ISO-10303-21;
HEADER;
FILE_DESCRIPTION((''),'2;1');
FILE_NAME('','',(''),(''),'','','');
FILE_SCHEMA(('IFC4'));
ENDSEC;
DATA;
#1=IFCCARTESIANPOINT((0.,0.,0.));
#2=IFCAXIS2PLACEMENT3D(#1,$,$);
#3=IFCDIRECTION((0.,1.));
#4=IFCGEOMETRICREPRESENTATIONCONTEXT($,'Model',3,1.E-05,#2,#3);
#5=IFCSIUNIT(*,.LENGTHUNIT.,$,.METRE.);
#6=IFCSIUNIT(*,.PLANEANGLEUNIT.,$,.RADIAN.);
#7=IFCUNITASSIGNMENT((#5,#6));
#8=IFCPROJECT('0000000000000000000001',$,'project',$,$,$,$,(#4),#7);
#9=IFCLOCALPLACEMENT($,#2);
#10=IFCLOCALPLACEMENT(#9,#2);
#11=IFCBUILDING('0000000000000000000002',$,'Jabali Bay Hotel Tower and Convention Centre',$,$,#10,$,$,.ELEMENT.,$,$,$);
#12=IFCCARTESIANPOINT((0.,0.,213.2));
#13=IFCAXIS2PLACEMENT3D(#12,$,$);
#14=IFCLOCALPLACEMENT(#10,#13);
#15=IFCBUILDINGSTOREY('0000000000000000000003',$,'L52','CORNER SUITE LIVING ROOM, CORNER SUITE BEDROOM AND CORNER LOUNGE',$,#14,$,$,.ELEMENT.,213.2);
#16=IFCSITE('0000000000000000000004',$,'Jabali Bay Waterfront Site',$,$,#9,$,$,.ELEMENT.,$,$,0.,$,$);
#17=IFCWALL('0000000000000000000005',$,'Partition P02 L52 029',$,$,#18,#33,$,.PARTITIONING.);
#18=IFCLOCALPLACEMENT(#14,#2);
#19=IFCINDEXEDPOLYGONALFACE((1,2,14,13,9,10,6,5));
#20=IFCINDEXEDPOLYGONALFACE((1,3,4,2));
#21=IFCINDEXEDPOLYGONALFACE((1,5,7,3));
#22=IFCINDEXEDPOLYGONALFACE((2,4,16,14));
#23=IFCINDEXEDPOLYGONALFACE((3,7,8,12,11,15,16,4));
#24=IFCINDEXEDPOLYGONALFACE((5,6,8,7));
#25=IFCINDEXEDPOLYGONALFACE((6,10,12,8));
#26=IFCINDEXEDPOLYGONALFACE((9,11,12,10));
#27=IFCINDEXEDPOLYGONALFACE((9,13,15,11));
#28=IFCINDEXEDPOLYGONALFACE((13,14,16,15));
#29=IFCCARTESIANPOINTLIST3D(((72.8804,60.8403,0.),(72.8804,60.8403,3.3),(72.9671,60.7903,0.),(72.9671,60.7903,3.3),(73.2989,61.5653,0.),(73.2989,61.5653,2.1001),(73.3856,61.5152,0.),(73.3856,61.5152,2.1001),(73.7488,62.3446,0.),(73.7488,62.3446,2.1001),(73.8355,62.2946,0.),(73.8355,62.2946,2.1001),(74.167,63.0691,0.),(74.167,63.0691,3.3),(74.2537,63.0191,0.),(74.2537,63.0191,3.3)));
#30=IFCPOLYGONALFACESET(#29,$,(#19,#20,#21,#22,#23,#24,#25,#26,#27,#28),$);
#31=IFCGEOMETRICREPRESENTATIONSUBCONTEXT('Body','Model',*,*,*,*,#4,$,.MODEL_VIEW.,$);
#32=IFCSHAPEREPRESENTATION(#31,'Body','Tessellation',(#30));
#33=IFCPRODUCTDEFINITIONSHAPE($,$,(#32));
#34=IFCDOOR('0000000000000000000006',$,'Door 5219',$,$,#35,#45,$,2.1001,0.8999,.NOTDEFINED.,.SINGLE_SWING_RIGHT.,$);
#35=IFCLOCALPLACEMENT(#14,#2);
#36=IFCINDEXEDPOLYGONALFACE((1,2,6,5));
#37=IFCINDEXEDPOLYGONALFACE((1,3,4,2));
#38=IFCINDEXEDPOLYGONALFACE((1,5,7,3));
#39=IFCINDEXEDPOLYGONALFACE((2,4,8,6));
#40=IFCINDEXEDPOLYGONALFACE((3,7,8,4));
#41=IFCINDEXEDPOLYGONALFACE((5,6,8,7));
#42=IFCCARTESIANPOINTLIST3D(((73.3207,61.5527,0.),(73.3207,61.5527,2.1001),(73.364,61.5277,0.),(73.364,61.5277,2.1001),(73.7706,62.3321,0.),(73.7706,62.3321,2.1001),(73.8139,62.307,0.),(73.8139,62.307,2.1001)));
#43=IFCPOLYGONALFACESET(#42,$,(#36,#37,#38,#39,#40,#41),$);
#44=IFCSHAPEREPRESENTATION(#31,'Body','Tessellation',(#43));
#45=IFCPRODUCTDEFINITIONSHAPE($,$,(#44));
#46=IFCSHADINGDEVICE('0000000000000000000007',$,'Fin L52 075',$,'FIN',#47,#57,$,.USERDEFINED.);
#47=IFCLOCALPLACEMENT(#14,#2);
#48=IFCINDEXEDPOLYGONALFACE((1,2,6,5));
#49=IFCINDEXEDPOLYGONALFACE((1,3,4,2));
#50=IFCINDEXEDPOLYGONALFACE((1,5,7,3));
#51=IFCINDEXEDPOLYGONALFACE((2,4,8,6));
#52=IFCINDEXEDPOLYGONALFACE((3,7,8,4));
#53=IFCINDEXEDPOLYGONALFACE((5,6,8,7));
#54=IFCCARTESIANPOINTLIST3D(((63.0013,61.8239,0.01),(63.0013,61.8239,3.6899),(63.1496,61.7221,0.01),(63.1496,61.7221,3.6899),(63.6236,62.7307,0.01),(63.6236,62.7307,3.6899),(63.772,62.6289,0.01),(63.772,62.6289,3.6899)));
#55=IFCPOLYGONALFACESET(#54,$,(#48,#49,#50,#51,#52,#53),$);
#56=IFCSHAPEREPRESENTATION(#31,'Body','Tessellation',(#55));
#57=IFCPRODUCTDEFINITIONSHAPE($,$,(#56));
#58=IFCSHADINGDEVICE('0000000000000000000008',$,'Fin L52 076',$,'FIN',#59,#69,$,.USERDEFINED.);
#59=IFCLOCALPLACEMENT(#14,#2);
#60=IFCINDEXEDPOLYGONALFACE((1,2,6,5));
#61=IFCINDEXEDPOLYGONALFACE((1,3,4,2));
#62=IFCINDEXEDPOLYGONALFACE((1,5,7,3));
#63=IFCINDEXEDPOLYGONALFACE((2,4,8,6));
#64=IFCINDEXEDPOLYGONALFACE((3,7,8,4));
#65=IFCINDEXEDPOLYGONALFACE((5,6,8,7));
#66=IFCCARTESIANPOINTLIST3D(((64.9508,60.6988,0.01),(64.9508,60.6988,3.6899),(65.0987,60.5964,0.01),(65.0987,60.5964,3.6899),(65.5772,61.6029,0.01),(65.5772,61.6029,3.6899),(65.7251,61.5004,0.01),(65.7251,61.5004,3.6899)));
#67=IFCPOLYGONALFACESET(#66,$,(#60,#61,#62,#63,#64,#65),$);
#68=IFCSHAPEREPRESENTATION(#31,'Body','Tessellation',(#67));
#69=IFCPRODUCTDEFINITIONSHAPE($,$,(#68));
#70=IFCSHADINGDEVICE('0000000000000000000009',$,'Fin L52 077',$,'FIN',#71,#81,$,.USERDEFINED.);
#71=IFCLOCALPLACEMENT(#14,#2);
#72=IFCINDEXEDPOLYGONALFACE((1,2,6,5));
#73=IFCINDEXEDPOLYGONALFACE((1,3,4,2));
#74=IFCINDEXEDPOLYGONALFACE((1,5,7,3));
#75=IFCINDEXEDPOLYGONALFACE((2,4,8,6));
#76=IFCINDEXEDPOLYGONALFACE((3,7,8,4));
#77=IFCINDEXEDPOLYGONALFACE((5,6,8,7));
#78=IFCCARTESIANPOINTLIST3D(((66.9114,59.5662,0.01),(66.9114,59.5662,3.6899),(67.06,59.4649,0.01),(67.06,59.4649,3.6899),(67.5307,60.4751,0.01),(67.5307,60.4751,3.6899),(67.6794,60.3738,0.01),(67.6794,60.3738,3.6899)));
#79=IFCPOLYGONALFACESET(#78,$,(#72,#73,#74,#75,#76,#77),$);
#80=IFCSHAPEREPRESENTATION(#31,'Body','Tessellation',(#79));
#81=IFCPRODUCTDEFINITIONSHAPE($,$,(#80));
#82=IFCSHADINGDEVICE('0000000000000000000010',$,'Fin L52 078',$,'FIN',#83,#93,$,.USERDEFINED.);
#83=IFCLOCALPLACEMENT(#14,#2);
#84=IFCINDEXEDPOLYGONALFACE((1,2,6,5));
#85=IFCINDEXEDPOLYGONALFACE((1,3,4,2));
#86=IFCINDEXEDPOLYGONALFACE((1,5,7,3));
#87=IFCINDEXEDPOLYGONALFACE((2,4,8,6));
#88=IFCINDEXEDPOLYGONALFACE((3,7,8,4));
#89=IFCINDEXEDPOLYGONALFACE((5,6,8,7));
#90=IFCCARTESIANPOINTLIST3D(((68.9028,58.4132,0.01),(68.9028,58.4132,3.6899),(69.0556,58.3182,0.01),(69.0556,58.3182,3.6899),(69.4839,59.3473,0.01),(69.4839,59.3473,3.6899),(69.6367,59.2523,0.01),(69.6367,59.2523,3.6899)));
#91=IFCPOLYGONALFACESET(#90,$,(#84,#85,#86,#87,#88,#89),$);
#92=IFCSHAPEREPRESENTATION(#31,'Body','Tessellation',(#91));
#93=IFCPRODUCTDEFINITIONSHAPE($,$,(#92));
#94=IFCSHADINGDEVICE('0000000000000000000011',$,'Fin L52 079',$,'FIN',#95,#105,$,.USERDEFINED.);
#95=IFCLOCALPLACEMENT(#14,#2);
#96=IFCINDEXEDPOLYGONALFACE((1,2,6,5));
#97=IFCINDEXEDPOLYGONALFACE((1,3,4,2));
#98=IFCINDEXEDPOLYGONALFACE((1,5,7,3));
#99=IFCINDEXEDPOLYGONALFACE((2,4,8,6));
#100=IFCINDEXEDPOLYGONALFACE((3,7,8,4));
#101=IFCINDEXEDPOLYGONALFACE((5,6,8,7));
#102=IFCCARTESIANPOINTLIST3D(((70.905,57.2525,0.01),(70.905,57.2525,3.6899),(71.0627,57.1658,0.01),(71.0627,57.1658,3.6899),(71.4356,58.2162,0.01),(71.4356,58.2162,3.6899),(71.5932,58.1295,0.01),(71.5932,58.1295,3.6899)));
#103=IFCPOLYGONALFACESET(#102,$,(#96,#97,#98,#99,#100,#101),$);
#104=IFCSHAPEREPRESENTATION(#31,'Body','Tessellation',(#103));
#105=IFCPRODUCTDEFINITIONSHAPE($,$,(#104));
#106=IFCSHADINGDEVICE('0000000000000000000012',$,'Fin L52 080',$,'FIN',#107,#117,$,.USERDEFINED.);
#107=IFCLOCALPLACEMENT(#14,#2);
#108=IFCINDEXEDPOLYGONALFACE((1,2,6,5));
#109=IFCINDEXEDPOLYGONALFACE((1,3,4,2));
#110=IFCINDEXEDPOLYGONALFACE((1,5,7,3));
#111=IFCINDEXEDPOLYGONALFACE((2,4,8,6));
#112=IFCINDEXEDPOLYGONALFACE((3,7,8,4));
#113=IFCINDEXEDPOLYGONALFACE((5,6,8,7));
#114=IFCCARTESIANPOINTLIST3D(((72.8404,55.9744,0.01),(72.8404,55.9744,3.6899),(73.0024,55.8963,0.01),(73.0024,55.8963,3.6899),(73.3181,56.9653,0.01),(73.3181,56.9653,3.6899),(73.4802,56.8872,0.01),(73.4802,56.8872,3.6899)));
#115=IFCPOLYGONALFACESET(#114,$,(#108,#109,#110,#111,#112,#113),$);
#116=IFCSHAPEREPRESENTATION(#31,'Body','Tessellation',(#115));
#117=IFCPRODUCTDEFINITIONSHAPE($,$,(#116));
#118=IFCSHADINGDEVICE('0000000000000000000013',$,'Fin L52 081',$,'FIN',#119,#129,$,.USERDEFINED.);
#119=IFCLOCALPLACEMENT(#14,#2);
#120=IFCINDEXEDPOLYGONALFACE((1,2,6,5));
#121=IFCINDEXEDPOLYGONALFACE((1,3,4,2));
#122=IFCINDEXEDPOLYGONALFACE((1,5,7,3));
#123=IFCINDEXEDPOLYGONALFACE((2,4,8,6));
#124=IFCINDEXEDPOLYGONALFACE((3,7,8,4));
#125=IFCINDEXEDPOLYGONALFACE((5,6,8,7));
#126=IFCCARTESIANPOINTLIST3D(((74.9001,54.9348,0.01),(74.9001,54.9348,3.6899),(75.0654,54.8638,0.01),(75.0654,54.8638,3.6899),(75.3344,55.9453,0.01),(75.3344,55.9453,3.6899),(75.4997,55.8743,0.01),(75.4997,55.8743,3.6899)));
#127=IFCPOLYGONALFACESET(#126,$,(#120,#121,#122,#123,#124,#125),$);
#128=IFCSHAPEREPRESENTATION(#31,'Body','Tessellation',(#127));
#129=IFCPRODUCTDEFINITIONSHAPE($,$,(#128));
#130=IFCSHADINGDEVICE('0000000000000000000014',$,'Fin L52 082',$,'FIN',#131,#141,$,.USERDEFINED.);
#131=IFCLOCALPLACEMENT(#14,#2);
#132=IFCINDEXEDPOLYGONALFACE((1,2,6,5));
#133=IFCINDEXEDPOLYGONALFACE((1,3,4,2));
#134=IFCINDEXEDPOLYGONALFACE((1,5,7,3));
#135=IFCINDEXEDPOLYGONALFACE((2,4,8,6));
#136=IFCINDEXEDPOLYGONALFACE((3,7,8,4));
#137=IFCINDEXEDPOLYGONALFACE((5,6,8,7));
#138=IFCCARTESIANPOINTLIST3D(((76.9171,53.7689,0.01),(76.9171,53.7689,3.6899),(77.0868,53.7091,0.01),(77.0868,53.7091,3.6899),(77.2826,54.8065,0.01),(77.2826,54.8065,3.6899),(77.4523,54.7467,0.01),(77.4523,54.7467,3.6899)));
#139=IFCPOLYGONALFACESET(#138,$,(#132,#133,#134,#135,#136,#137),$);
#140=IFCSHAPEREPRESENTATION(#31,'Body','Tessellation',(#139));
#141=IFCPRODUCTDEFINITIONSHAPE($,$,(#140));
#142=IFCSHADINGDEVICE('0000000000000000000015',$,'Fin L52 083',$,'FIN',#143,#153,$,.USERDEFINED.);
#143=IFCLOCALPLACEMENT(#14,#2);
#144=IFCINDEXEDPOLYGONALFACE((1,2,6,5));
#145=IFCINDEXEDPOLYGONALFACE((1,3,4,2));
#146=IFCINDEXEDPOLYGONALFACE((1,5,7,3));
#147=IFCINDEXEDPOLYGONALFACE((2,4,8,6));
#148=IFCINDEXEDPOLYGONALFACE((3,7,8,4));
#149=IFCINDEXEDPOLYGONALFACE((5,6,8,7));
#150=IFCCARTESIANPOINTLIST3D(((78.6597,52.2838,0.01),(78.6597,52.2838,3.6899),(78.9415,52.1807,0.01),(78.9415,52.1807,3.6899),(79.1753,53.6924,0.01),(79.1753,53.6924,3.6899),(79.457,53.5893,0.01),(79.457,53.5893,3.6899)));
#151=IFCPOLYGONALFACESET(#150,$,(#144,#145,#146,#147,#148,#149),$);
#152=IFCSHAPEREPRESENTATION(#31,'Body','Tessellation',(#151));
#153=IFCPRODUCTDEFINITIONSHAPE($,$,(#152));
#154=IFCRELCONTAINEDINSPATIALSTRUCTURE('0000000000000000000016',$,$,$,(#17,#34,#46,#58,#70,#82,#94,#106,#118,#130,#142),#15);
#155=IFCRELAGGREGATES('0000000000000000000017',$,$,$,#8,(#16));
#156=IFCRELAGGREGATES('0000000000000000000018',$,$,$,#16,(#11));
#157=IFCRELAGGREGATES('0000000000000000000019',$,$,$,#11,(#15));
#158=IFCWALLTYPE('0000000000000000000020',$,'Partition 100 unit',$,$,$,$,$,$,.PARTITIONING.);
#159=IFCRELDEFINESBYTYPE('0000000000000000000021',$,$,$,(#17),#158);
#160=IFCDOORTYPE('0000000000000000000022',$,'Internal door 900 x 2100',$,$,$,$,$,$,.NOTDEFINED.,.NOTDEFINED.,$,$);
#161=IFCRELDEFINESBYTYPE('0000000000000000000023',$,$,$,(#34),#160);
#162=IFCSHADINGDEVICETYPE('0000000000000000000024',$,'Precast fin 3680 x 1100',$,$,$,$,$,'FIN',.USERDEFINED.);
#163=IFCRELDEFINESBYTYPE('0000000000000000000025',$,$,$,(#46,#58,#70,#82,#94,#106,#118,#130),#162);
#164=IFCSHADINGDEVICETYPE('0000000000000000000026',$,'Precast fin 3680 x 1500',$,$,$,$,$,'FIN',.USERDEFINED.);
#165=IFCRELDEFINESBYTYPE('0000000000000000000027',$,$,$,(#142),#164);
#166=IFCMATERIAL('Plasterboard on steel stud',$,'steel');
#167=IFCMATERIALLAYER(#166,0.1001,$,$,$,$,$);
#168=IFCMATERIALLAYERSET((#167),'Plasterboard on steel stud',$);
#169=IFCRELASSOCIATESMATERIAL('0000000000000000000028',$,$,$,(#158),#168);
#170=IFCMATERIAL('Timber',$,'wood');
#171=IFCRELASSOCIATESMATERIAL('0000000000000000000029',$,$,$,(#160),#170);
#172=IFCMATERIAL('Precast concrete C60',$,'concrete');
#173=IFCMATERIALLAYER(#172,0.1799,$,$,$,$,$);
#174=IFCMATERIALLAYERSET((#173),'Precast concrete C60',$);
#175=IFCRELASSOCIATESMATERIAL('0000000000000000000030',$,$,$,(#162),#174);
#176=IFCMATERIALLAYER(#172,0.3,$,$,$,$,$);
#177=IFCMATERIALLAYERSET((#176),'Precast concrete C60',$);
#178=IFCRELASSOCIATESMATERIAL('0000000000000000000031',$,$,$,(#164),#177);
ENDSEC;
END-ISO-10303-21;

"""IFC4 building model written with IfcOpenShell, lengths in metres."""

from ifc_helpers import new_model, si_unit, direction, frame, frame_2d, origin, place, context, subcontext, project, spatial, rectangle, extrude, material, layer, layer_set, type_object, element, fill, save


model = new_model("IFC4")

# Units and contexts
model_context = context("Model", 3, precision=1e-05, world=origin(), true_north=direction((0.0, 1.0)))
body_context = subcontext(model_context, "Body", "Model", "MODEL_VIEW")
ifc_project = project(units=[si_unit("LENGTHUNIT", "METRE"), si_unit("PLANEANGLEUNIT", "RADIAN")], contexts=[model_context])

# Site, building, storey
site_placement = place(None, origin())
site = spatial("IfcSite", under=ifc_project, at=site_placement, Name="Jabali Bay Waterfront Site", CompositionType="ELEMENT", RefElevation=0.0)
building_placement = place(site_placement, origin())
building = spatial("IfcBuilding", under=site, at=building_placement, Name="Jabali Bay Hotel Tower and Convention Centre", CompositionType="ELEMENT")
storey_placement = place(building_placement, frame((0.0, 0.0, 213.2)))
storey = spatial("IfcBuildingStorey", under=building, at=storey_placement, Name="L52", Description="CORNER SUITE LIVING ROOM, CORNER SUITE BEDROOM AND CORNER LOUNGE", CompositionType="ELEMENT", Elevation=213.2)

# Wall, opening, door
ifc_material_1 = material(Name="Plasterboard on steel stud", Category="steel")
ifc_layer_1 = layer(ifc_material_1, 0.1001)
ifc_layer_set_1 = layer_set([ifc_layer_1], Name="Plasterboard on steel stud")
wall_type_1 = type_object("IfcWallType", Name="Partition 100 unit", PredefinedType="PARTITIONING", material=ifc_layer_set_1)
wall_1_placement = place(storey_placement, frame((72.9238, 60.8154, 0.0), z_axis=(0.0, 0.0, 1.0), x_axis=(0.499955, 0.866051, 0.0)))
wall_1 = element("IfcWall", 1, at=wall_1_placement, inside=storey, type_object=wall_type_1, Name="Partition P02 L52 029", PredefinedType="PARTITIONING", context=body_context, shape_type="SweptSolid", body=[
    extrude(rectangle(XDim=2.5735, YDim=0.1001, at=frame_2d((1.2866, 0.0))), origin(), (0.0, 0.0, 1.0), 3.3),
])
opening_1_placement = place(wall_1_placement, frame((0.8369, 0.0, 0.0)))
opening_1 = element("IfcOpeningElement", 2, at=opening_1_placement, cuts=wall_1, PredefinedType="OPENING", context=body_context, shape_type="SweptSolid", body=[
    extrude(rectangle(XDim=0.8999, YDim=2.1001, at=frame_2d((0.45, 1.05))), frame((0.0, 0.0605, 0.0), z_axis=(0.0, -1.0, 0.0), x_axis=(1.0, 0.0, 0.0)), (0.0, 0.0, 1.0), 0.1211),
])
ifc_material_2 = material(Name="Timber", Category="wood")
door_type_1 = type_object("IfcDoorType", Name="Internal door 900 x 2100", OperationType="NOTDEFINED", PredefinedType="NOTDEFINED", material=ifc_material_2)
door_1_placement = place(opening_1_placement, origin())
door_1 = element("IfcDoor", 3, at=door_1_placement, inside=storey, type_object=door_type_1, Name="Door 5219", OperationType="SINGLE_SWING_RIGHT", OverallHeight=2.1001, OverallWidth=0.8999, PredefinedType="NOTDEFINED", context=body_context, shape_type="SweptSolid", body=[
    extrude(rectangle(XDim=0.8999, YDim=2.1001, at=frame_2d((0.45, 1.05))), frame((0.0, 0.0249, 0.0), z_axis=(0.0, -1.0, 0.0), x_axis=(1.0, 0.0, 0.0)), (0.0, 0.0, 1.0), 0.05),
])
fill(opening_1, door_1)

# Shading devices
ifc_material_3 = material(Name="Precast concrete C60", Category="concrete")
ifc_layer_2 = layer(ifc_material_3, 0.1799)
ifc_layer_set_2 = layer_set([ifc_layer_2], Name="Precast concrete C60")
shading_device_type_1 = type_object("IfcShadingDeviceType", Name="Precast fin 3680 x 1100", ElementType="FIN", PredefinedType="USERDEFINED", material=ifc_layer_set_2)
for number, where, z_axis, x_axis, name in (
    (4, (63.6978, 62.6797, 0.01), (0.0, 0.0, 1.0), (-0.565869, -0.824495, 0.0), "Fin L52 075"),
    (5, (65.6511, 61.5515, 0.01), (0.0, 0.0, 1.0), (-0.569568, -0.821944, 0.0), "Fin L52 076"),
    (6, (67.605, 60.4243, 0.01), (0.0, 0.0, 1.0), (-0.563123, -0.826373, 0.0), "Fin L52 077"),
):
    element("IfcShadingDevice", number, at=place(storey_placement, frame(where, z_axis=z_axis, x_axis=x_axis)), inside=storey, type_object=shading_device_type_1, Name=name, ObjectType="FIN", PredefinedType="USERDEFINED", context=body_context, shape_type="SweptSolid", body=[
        extrude(rectangle(XDim=1.0999, YDim=0.1799, at=frame_2d((0.5498, 0.0))), origin(), (0.0, 0.0, 1.0), 3.6799),
    ])
for number, where, z_axis, x_axis, name in (
    (7, (69.5603, 59.2998, 0.01), (0.0, 0.0, 1.0), (-0.528202, -0.849119, 0.0), "Fin L52 078"),
    (8, (71.5144, 58.1729, 0.01), (0.0, 0.0, 1.0), (-0.482285, -0.876014, 0.0), "Fin L52 079"),
    (9, (73.3992, 56.9263, 0.01), (0.0, 0.0, 1.0), (-0.434296, -0.90077, 0.0), "Fin L52 080"),
):
    element("IfcShadingDevice", number, at=place(storey_placement, frame(where, z_axis=z_axis, x_axis=x_axis)), inside=storey, type_object=shading_device_type_1, Name=name, ObjectType="FIN", PredefinedType="USERDEFINED", context=body_context, shape_type="SweptSolid", body=[
        extrude(rectangle(XDim=1.1001, YDim=0.1799, at=frame_2d((0.55, 0.0))), origin(), (0.0, 0.0, 1.0), 3.6799),
    ])
shading_device_1_placement = place(storey_placement, frame((75.417, 55.9097, 0.01), z_axis=(0.0, 0.0, 1.0), x_axis=(-0.394884, -0.918731, 0.0)))
element("IfcShadingDevice", 10, at=shading_device_1_placement, inside=storey, type_object=shading_device_type_1, Name="Fin L52 081", ObjectType="FIN", PredefinedType="USERDEFINED", context=body_context, shape_type="SweptSolid", body=[
    extrude(rectangle(XDim=1.0999, YDim=0.1799, at=frame_2d((0.5498, 0.0))), origin(), (0.0, 0.0, 1.0), 3.6799),
])
shading_device_2_placement = place(storey_placement, frame((77.3674, 54.7766, 0.01), z_axis=(0.0, 0.0, 1.0), x_axis=(-0.332228, -0.943199, 0.0)))
element("IfcShadingDevice", 11, at=shading_device_2_placement, inside=storey, type_object=shading_device_type_1, Name="Fin L52 082", ObjectType="FIN", PredefinedType="USERDEFINED", context=body_context, shape_type="SweptSolid", body=[
    extrude(rectangle(XDim=1.1001, YDim=0.1799, at=frame_2d((0.55, 0.0))), origin(), (0.0, 0.0, 1.0), 3.6799),
])
ifc_layer_3 = layer(ifc_material_3, 0.3)
ifc_layer_set_3 = layer_set([ifc_layer_3], Name="Precast concrete C60")
shading_device_type_2 = type_object("IfcShadingDeviceType", Name="Precast fin 3680 x 1500", ElementType="FIN", PredefinedType="USERDEFINED", material=ifc_layer_set_3)
shading_device_3_placement = place(storey_placement, frame((79.3162, 53.6409, 0.01), z_axis=(0.0, 0.0, 1.0), x_axis=(-0.343729, -0.939069, 0.0)))
element("IfcShadingDevice", 12, at=shading_device_3_placement, inside=storey, type_object=shading_device_type_2, Name="Fin L52 083", ObjectType="FIN", PredefinedType="USERDEFINED", context=body_context, shape_type="SweptSolid", body=[
    extrude(rectangle(XDim=1.5, YDim=0.3, at=frame_2d((0.75, 0.0))), origin(), (0.0, 0.0, 1.0), 3.6799),
])

save(model, "model.ifc")
